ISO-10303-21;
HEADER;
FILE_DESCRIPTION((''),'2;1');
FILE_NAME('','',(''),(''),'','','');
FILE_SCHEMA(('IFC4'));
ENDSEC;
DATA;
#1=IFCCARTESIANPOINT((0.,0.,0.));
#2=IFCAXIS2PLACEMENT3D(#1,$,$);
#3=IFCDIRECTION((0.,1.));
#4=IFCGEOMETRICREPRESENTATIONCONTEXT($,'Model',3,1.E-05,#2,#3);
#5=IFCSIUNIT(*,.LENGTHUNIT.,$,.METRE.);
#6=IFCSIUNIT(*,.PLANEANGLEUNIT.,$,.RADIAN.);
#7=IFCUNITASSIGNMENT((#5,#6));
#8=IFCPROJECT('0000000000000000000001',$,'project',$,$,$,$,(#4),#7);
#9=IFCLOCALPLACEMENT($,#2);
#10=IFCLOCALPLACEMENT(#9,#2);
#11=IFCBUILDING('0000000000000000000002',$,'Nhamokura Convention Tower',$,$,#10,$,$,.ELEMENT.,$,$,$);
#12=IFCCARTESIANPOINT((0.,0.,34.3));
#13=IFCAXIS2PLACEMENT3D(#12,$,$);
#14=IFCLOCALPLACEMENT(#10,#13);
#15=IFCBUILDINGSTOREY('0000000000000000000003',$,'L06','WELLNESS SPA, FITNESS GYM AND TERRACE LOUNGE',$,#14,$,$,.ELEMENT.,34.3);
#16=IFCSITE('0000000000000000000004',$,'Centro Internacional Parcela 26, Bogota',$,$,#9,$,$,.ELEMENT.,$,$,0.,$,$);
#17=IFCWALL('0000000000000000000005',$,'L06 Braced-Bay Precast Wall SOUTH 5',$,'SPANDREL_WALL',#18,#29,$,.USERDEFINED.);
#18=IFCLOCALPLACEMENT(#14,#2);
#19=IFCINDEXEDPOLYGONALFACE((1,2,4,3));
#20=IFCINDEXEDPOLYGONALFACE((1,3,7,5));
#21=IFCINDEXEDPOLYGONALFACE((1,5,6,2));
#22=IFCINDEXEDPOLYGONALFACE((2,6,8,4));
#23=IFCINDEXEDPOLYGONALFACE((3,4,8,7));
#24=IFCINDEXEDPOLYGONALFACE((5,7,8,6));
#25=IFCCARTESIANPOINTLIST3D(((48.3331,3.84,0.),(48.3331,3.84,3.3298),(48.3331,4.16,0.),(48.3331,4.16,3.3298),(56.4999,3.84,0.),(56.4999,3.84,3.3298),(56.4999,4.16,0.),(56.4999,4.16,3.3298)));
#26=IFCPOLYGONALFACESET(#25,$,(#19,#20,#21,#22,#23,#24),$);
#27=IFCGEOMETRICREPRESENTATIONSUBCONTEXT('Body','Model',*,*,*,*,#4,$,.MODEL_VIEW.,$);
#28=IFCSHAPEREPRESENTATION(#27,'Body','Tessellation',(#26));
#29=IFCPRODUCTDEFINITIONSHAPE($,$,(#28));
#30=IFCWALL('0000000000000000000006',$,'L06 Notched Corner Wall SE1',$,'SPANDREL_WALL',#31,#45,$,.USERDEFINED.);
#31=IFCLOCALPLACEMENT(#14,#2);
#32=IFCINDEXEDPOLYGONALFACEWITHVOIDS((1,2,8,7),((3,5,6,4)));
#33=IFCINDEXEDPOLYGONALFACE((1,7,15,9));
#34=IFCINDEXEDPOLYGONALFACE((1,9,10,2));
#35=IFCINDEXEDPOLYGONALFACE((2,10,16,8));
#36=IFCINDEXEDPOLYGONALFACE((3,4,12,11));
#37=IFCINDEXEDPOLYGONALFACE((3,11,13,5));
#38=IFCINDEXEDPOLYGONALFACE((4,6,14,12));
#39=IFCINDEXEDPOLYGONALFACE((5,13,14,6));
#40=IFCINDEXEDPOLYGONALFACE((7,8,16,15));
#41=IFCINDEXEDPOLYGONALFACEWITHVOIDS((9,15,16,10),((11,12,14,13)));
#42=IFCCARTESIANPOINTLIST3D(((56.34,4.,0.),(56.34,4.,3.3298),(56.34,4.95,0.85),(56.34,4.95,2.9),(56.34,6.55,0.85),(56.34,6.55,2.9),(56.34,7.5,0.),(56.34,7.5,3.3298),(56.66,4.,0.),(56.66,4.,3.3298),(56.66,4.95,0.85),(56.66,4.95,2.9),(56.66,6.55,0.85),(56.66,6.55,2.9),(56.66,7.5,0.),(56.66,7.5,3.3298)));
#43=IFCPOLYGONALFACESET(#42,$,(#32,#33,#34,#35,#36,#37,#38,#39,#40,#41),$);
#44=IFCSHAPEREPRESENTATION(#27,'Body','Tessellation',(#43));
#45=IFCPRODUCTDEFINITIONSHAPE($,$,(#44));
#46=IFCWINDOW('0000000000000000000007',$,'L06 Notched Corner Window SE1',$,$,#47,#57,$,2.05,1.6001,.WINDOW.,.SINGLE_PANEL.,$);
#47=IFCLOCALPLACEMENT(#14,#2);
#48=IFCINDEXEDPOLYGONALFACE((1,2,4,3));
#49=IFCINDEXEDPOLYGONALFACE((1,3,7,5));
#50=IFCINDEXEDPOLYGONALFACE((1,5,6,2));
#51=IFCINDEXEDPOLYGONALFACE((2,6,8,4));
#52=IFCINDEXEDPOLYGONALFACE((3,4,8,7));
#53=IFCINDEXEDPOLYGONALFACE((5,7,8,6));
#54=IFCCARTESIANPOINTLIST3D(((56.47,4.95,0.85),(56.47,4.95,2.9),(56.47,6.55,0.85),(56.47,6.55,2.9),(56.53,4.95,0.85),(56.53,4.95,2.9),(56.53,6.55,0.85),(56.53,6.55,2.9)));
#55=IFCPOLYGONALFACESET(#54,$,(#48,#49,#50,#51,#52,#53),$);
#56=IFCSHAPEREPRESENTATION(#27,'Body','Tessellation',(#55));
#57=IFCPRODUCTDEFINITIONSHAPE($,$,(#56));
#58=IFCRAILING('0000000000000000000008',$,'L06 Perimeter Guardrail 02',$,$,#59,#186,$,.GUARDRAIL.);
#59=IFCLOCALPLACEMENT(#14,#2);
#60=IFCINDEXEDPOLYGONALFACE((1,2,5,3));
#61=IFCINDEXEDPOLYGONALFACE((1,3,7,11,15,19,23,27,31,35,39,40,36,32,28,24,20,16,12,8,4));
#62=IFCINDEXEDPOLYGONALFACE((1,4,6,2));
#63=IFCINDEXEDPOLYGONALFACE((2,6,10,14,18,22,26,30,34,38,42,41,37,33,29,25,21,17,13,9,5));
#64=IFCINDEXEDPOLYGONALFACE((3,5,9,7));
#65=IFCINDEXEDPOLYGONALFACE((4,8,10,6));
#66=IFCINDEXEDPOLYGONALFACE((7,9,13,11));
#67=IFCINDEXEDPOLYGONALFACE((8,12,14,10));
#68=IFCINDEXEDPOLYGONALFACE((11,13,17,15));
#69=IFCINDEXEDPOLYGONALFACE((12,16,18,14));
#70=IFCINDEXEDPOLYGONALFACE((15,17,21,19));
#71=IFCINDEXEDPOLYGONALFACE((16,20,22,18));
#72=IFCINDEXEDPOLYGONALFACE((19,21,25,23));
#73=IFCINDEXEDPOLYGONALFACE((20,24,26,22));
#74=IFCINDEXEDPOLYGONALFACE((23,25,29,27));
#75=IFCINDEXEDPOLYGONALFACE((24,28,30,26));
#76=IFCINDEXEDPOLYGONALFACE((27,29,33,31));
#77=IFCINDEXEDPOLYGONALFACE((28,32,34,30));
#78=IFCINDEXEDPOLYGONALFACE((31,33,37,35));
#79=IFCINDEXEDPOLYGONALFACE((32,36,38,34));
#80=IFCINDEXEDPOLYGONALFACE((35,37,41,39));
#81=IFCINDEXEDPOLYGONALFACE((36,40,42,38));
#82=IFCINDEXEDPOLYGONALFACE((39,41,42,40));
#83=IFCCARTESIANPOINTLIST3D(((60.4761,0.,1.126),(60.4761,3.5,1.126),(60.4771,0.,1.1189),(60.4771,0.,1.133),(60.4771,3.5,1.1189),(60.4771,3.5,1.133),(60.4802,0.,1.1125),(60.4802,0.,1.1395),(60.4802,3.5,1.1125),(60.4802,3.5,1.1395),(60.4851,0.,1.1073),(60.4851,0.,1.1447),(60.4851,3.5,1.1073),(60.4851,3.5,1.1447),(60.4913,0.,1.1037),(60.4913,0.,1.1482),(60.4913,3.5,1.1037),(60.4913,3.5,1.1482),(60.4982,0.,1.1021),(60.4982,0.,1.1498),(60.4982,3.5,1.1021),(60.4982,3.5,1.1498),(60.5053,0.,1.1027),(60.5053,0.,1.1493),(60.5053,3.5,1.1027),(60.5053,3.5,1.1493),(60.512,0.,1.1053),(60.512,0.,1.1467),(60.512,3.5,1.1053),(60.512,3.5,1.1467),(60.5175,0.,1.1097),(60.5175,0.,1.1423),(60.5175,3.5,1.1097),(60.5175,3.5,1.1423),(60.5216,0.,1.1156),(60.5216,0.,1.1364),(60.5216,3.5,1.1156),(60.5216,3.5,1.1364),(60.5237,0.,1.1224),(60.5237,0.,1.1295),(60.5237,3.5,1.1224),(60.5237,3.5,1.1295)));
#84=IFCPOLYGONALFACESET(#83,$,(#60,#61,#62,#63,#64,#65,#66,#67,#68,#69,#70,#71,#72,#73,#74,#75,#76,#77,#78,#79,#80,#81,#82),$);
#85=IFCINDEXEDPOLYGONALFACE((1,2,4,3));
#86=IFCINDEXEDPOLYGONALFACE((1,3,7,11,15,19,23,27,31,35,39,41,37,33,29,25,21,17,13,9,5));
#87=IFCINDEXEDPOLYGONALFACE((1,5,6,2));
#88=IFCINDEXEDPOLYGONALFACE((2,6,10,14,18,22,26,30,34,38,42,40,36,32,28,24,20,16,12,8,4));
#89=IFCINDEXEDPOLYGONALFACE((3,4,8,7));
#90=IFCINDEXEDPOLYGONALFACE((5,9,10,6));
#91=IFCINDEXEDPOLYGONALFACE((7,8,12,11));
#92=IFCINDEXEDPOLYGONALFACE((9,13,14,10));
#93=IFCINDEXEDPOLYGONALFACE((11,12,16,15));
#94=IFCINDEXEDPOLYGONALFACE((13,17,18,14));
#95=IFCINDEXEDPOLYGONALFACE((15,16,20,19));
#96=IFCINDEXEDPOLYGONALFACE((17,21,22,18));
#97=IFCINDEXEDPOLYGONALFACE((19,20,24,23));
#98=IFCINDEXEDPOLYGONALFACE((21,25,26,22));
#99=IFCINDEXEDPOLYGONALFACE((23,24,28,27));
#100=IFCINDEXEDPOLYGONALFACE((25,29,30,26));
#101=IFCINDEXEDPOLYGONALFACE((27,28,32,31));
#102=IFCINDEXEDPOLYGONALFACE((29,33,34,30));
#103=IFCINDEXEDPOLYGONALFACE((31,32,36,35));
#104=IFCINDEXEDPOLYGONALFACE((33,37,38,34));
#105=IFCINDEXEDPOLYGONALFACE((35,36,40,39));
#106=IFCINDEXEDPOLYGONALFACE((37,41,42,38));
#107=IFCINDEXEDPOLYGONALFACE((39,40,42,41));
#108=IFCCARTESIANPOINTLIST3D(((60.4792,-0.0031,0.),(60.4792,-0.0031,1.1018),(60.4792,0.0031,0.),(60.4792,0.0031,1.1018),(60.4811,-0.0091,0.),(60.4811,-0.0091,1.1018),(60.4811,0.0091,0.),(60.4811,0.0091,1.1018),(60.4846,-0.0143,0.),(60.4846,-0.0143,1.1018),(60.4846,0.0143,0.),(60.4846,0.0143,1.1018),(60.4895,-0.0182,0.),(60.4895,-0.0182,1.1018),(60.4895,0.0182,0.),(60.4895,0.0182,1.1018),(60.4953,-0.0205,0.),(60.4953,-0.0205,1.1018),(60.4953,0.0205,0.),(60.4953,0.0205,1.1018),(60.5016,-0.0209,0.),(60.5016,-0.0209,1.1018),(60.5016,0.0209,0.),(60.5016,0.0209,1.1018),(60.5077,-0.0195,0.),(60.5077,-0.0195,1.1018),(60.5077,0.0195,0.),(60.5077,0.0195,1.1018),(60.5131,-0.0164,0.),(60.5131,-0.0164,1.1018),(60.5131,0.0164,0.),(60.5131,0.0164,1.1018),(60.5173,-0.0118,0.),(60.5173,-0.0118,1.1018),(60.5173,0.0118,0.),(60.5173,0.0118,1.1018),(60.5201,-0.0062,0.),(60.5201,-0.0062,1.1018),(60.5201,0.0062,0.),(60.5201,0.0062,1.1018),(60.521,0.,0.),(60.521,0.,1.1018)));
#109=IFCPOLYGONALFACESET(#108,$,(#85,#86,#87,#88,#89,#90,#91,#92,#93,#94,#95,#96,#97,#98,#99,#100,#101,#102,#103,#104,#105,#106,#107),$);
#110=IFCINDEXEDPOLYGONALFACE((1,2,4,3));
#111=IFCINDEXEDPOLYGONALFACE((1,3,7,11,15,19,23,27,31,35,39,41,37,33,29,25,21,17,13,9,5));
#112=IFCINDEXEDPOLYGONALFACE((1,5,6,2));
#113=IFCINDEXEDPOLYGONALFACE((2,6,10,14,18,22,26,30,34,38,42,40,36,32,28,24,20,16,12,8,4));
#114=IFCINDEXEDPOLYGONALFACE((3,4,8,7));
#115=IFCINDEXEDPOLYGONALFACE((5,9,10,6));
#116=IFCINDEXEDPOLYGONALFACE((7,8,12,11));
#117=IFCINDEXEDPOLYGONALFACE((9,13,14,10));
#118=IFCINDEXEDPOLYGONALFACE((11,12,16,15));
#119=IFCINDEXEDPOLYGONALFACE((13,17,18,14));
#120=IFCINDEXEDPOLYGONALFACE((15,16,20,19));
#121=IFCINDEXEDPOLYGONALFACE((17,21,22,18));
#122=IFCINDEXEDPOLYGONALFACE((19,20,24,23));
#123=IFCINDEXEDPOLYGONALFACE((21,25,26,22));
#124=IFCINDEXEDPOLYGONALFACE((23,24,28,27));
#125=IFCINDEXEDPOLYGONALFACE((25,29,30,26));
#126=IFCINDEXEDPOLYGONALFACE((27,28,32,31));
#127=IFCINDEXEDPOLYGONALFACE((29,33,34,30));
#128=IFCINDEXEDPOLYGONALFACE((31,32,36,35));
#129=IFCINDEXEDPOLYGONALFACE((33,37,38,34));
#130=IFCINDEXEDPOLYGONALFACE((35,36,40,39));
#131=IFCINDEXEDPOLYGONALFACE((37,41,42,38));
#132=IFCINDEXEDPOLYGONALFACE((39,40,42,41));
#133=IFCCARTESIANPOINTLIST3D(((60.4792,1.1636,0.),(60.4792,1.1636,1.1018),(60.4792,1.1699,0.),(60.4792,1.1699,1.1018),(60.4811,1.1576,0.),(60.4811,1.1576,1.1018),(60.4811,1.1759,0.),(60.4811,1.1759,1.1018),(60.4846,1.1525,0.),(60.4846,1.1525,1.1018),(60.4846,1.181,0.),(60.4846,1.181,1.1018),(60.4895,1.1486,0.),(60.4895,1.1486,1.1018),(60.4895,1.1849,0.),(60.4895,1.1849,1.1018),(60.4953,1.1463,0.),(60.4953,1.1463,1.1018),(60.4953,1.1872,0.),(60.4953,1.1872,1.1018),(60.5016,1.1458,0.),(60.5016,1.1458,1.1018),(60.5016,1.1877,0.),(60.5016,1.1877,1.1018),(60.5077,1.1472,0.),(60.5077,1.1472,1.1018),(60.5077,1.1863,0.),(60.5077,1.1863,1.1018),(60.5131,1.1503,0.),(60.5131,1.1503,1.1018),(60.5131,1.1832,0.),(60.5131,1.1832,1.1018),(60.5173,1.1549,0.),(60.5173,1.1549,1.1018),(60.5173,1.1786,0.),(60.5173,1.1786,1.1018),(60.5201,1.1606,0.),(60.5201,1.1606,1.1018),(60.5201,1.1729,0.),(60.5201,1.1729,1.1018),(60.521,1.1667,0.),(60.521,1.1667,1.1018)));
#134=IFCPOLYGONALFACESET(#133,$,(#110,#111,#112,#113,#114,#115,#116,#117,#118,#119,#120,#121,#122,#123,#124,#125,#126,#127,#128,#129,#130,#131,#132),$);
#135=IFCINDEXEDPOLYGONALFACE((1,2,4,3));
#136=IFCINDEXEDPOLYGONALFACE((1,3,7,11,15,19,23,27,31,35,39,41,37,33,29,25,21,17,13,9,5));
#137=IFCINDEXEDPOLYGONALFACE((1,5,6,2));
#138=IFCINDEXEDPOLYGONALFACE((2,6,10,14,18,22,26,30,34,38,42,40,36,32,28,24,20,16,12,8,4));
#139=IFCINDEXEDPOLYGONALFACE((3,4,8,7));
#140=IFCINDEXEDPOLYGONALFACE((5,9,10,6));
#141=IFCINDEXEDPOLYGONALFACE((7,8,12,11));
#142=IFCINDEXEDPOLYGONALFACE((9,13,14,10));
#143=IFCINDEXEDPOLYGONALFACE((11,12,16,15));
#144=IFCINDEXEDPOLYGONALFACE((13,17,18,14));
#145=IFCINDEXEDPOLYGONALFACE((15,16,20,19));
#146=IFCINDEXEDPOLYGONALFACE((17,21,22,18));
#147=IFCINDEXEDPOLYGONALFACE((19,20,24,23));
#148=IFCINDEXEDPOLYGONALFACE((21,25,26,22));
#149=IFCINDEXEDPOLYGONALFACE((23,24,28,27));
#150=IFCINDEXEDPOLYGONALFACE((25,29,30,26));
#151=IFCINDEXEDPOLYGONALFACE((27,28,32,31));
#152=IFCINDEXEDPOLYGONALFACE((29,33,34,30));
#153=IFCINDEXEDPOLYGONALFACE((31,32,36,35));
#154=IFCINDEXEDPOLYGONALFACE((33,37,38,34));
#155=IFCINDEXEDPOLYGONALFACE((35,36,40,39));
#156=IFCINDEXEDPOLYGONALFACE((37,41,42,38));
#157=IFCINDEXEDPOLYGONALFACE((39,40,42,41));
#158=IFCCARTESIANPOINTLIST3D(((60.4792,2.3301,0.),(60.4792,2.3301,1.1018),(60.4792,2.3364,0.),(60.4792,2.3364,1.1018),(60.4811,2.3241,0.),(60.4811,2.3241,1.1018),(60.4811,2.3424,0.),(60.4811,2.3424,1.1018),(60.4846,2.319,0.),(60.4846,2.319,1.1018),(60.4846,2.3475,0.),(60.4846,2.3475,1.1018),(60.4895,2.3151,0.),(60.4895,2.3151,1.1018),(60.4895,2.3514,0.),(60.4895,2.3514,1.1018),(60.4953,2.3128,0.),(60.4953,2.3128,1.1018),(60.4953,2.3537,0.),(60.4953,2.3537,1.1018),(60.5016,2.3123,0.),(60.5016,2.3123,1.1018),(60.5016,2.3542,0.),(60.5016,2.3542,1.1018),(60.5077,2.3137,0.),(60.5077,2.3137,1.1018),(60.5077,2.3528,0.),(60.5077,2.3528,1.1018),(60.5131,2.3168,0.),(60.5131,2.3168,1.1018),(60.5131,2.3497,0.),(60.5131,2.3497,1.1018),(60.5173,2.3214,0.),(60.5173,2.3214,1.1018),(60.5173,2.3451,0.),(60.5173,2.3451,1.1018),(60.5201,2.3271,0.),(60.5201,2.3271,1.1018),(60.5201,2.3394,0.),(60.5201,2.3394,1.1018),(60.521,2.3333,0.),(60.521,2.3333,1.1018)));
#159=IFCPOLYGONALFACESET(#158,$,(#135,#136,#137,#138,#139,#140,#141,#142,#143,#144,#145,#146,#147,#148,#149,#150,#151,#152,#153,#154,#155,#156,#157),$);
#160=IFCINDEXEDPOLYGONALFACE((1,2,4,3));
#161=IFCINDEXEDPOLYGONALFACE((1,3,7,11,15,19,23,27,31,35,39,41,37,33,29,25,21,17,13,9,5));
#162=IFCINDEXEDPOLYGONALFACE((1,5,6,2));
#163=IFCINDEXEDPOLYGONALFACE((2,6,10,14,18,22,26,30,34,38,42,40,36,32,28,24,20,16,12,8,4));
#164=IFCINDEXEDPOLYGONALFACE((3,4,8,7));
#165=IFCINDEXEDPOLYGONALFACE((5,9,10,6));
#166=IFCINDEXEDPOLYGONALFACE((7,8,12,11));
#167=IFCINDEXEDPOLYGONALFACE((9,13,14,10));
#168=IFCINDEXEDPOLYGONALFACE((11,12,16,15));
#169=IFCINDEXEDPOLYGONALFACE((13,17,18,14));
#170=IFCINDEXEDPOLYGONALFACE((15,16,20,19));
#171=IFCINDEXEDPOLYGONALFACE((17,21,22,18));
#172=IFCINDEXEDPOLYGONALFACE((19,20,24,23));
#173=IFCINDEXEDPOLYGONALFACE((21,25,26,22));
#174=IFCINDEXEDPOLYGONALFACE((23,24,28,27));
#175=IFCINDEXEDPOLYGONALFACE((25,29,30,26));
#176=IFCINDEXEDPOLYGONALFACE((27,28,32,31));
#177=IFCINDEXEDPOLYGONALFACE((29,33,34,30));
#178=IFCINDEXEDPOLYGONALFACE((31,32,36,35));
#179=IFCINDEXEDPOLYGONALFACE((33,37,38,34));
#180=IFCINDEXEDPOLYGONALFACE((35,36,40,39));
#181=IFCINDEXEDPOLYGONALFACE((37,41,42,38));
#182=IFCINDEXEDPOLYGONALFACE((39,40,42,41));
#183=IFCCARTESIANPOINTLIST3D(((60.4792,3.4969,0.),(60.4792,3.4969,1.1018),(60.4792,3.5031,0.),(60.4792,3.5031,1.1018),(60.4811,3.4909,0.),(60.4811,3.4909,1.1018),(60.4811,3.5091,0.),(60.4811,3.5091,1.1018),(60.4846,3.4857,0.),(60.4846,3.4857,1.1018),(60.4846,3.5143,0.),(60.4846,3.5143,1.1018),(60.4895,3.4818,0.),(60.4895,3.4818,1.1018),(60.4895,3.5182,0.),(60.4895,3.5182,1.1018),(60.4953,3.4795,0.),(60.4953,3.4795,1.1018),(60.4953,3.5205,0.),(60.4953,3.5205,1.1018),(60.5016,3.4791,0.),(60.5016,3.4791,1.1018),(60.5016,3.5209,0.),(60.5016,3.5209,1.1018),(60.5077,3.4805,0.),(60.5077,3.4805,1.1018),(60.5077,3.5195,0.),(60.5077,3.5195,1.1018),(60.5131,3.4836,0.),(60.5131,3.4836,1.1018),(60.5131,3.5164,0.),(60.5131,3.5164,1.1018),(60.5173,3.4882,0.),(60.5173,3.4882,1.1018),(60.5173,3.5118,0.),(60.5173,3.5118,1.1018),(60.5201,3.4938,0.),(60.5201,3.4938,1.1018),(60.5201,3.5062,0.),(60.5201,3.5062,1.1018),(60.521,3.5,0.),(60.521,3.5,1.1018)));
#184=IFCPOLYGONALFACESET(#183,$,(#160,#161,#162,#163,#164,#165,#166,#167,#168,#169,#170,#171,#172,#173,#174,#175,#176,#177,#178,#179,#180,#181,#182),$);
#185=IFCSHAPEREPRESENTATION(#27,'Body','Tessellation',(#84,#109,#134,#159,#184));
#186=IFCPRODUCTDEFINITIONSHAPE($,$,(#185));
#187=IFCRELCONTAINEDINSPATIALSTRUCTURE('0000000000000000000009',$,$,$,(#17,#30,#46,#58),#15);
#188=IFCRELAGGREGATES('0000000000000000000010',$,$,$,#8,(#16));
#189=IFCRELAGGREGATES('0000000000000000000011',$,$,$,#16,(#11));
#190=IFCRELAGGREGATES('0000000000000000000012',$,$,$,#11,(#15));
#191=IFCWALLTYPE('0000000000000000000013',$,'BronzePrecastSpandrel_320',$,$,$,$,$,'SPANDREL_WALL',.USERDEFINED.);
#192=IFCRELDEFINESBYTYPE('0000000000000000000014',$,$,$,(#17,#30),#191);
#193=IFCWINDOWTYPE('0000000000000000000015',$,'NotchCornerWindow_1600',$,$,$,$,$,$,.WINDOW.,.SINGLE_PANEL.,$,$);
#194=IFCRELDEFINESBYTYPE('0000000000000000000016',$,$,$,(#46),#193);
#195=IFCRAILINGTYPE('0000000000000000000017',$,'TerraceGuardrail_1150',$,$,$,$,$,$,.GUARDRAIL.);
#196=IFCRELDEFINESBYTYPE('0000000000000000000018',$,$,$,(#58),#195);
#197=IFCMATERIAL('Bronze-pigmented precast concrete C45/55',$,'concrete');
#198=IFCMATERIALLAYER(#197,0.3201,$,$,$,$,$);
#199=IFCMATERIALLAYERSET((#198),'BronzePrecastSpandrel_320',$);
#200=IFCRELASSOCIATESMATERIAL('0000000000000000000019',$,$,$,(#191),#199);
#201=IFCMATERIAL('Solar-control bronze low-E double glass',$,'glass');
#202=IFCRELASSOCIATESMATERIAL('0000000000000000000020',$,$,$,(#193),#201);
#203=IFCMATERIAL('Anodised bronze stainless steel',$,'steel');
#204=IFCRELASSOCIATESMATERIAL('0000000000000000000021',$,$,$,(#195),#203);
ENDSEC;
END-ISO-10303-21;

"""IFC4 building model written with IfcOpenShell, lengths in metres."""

from ifc_helpers import new_model, si_unit, direction, frame, frame_2d, origin, origin_2d, place, context, subcontext, project, spatial, rectangle, circle, extrude, material, layer, layer_set, type_object, element, fill, save


model = new_model("IFC4")

# Units and contexts
model_context = context("Model", 3, precision=1e-05, world=origin(), true_north=direction((0.0, 1.0)))
body_context = subcontext(model_context, "Body", "Model", "MODEL_VIEW")
ifc_project = project(units=[si_unit("LENGTHUNIT", "METRE"), si_unit("PLANEANGLEUNIT", "RADIAN")], contexts=[model_context])

# Site, building, storey
site_placement = place(None, origin())
site = spatial("IfcSite", under=ifc_project, at=site_placement, Name="Centro Internacional Parcela 26, Bogota", CompositionType="ELEMENT", RefElevation=0.0)
building_placement = place(site_placement, origin())
building = spatial("IfcBuilding", under=site, at=building_placement, Name="Nhamokura Convention Tower", CompositionType="ELEMENT")
storey_placement = place(building_placement, frame((0.0, 0.0, 34.3)))
storey = spatial("IfcBuildingStorey", under=building, at=storey_placement, Name="L06", Description="WELLNESS SPA, FITNESS GYM AND TERRACE LOUNGE", CompositionType="ELEMENT", Elevation=34.3)

# Shared definitions
ifc_material_1 = material(Name="Bronze-pigmented precast concrete C45/55", Category="concrete")
ifc_layer = layer(ifc_material_1, 0.3201)
ifc_layer_set = layer_set([ifc_layer], Name="BronzePrecastSpandrel_320")
wall_type = type_object("IfcWallType", Name="BronzePrecastSpandrel_320", ElementType="SPANDREL_WALL", PredefinedType="USERDEFINED", material=ifc_layer_set)

# Wall
wall_1_placement = place(storey_placement, frame((56.5, 4.0, 0.0), z_axis=(0.0, 0.0, 1.0), x_axis=(-1.0, 0.0, 0.0)))
element("IfcWall", 1, at=wall_1_placement, inside=storey, type_object=wall_type, Name="L06 Braced-Bay Precast Wall SOUTH 5", ObjectType="SPANDREL_WALL", PredefinedType="USERDEFINED", context=body_context, shape_type="SweptSolid", body=[
    extrude(rectangle(XDim=8.1667, YDim=0.3201, at=frame_2d((4.0835, 0.0))), origin(), (0.0, 0.0, 1.0), 3.3298),
])

# Wall, opening, window
wall_2_placement = place(storey_placement, frame((56.5, 7.5, 0.0), z_axis=(0.0, 0.0, 1.0), x_axis=(0.0, -1.0, 0.0)))
wall_2 = element("IfcWall", 2, at=wall_2_placement, inside=storey, type_object=wall_type, Name="L06 Notched Corner Wall SE1", ObjectType="SPANDREL_WALL", PredefinedType="USERDEFINED", context=body_context, shape_type="SweptSolid", body=[
    extrude(rectangle(XDim=3.5, YDim=0.3201, at=frame_2d((1.75, 0.0))), origin(), (0.0, 0.0, 1.0), 3.3298),
])
opening_1_placement = place(wall_2_placement, frame((0.95, 0.0, 0.8501)))
opening_1 = element("IfcOpeningElement", 3, at=opening_1_placement, cuts=wall_2, PredefinedType="OPENING", context=body_context, shape_type="SweptSolid", body=[
    extrude(rectangle(XDim=1.6001, YDim=2.05, at=frame_2d((0.8, 1.0249))), frame((0.0, 0.1699, 0.0), z_axis=(0.0, -1.0, 0.0), x_axis=(1.0, 0.0, 0.0)), (0.0, 0.0, 1.0), 0.3401),
])
ifc_material_2 = material(Name="Solar-control bronze low-E double glass", Category="glass")
window_type_1 = type_object("IfcWindowType", Name="NotchCornerWindow_1600", PartitioningType="SINGLE_PANEL", PredefinedType="WINDOW", material=ifc_material_2)
window_1_placement = place(opening_1_placement, origin())
window_1 = element("IfcWindow", 4, at=window_1_placement, inside=storey, type_object=window_type_1, Name="L06 Notched Corner Window SE1", OverallHeight=2.05, OverallWidth=1.6001, PartitioningType="SINGLE_PANEL", PredefinedType="WINDOW", context=body_context, shape_type="SweptSolid", body=[
    extrude(rectangle(XDim=1.6001, YDim=2.05, at=frame_2d((0.8, 1.0249))), frame((0.0, 0.03, 0.0), z_axis=(0.0, -1.0, 0.0), x_axis=(1.0, 0.0, 0.0)), (0.0, 0.0, 1.0), 0.0601),
])
fill(opening_1, window_1)

# Railing
ifc_material_3 = material(Name="Anodised bronze stainless steel", Category="steel")
railing_type = type_object("IfcRailingType", Name="TerraceGuardrail_1150", PredefinedType="GUARDRAIL", material=ifc_material_3)
railing_1_placement = place(storey_placement, frame((60.5, 0.0, 0.0)))
element("IfcRailing", 5, at=railing_1_placement, inside=storey, type_object=railing_type, Name="L06 Perimeter Guardrail 02", PredefinedType="GUARDRAIL", context=body_context, shape_type="SweptSolid", body=[
    extrude(circle(Radius=0.0239, at=origin_2d()), frame((0.0, 0.0, 1.126), z_axis=(0.0, 1.0, 0.0), x_axis=(-1.0, 0.0, 0.0)), (0.0, 0.0, 1.0), 3.5),
    extrude(circle(Radius=0.021, at=origin_2d()), origin(), (0.0, 0.0, 1.0), 1.1018),
    extrude(circle(Radius=0.021, at=origin_2d()), frame((0.0, 1.1667, 0.0)), (0.0, 0.0, 1.0), 1.1018),
    extrude(circle(Radius=0.021, at=origin_2d()), frame((0.0, 2.3333, 0.0)), (0.0, 0.0, 1.0), 1.1018),
    extrude(circle(Radius=0.021, at=origin_2d()), frame((0.0, 3.5, 0.0)), (0.0, 0.0, 1.0), 1.1018),
])

save(model, "model.ifc")
